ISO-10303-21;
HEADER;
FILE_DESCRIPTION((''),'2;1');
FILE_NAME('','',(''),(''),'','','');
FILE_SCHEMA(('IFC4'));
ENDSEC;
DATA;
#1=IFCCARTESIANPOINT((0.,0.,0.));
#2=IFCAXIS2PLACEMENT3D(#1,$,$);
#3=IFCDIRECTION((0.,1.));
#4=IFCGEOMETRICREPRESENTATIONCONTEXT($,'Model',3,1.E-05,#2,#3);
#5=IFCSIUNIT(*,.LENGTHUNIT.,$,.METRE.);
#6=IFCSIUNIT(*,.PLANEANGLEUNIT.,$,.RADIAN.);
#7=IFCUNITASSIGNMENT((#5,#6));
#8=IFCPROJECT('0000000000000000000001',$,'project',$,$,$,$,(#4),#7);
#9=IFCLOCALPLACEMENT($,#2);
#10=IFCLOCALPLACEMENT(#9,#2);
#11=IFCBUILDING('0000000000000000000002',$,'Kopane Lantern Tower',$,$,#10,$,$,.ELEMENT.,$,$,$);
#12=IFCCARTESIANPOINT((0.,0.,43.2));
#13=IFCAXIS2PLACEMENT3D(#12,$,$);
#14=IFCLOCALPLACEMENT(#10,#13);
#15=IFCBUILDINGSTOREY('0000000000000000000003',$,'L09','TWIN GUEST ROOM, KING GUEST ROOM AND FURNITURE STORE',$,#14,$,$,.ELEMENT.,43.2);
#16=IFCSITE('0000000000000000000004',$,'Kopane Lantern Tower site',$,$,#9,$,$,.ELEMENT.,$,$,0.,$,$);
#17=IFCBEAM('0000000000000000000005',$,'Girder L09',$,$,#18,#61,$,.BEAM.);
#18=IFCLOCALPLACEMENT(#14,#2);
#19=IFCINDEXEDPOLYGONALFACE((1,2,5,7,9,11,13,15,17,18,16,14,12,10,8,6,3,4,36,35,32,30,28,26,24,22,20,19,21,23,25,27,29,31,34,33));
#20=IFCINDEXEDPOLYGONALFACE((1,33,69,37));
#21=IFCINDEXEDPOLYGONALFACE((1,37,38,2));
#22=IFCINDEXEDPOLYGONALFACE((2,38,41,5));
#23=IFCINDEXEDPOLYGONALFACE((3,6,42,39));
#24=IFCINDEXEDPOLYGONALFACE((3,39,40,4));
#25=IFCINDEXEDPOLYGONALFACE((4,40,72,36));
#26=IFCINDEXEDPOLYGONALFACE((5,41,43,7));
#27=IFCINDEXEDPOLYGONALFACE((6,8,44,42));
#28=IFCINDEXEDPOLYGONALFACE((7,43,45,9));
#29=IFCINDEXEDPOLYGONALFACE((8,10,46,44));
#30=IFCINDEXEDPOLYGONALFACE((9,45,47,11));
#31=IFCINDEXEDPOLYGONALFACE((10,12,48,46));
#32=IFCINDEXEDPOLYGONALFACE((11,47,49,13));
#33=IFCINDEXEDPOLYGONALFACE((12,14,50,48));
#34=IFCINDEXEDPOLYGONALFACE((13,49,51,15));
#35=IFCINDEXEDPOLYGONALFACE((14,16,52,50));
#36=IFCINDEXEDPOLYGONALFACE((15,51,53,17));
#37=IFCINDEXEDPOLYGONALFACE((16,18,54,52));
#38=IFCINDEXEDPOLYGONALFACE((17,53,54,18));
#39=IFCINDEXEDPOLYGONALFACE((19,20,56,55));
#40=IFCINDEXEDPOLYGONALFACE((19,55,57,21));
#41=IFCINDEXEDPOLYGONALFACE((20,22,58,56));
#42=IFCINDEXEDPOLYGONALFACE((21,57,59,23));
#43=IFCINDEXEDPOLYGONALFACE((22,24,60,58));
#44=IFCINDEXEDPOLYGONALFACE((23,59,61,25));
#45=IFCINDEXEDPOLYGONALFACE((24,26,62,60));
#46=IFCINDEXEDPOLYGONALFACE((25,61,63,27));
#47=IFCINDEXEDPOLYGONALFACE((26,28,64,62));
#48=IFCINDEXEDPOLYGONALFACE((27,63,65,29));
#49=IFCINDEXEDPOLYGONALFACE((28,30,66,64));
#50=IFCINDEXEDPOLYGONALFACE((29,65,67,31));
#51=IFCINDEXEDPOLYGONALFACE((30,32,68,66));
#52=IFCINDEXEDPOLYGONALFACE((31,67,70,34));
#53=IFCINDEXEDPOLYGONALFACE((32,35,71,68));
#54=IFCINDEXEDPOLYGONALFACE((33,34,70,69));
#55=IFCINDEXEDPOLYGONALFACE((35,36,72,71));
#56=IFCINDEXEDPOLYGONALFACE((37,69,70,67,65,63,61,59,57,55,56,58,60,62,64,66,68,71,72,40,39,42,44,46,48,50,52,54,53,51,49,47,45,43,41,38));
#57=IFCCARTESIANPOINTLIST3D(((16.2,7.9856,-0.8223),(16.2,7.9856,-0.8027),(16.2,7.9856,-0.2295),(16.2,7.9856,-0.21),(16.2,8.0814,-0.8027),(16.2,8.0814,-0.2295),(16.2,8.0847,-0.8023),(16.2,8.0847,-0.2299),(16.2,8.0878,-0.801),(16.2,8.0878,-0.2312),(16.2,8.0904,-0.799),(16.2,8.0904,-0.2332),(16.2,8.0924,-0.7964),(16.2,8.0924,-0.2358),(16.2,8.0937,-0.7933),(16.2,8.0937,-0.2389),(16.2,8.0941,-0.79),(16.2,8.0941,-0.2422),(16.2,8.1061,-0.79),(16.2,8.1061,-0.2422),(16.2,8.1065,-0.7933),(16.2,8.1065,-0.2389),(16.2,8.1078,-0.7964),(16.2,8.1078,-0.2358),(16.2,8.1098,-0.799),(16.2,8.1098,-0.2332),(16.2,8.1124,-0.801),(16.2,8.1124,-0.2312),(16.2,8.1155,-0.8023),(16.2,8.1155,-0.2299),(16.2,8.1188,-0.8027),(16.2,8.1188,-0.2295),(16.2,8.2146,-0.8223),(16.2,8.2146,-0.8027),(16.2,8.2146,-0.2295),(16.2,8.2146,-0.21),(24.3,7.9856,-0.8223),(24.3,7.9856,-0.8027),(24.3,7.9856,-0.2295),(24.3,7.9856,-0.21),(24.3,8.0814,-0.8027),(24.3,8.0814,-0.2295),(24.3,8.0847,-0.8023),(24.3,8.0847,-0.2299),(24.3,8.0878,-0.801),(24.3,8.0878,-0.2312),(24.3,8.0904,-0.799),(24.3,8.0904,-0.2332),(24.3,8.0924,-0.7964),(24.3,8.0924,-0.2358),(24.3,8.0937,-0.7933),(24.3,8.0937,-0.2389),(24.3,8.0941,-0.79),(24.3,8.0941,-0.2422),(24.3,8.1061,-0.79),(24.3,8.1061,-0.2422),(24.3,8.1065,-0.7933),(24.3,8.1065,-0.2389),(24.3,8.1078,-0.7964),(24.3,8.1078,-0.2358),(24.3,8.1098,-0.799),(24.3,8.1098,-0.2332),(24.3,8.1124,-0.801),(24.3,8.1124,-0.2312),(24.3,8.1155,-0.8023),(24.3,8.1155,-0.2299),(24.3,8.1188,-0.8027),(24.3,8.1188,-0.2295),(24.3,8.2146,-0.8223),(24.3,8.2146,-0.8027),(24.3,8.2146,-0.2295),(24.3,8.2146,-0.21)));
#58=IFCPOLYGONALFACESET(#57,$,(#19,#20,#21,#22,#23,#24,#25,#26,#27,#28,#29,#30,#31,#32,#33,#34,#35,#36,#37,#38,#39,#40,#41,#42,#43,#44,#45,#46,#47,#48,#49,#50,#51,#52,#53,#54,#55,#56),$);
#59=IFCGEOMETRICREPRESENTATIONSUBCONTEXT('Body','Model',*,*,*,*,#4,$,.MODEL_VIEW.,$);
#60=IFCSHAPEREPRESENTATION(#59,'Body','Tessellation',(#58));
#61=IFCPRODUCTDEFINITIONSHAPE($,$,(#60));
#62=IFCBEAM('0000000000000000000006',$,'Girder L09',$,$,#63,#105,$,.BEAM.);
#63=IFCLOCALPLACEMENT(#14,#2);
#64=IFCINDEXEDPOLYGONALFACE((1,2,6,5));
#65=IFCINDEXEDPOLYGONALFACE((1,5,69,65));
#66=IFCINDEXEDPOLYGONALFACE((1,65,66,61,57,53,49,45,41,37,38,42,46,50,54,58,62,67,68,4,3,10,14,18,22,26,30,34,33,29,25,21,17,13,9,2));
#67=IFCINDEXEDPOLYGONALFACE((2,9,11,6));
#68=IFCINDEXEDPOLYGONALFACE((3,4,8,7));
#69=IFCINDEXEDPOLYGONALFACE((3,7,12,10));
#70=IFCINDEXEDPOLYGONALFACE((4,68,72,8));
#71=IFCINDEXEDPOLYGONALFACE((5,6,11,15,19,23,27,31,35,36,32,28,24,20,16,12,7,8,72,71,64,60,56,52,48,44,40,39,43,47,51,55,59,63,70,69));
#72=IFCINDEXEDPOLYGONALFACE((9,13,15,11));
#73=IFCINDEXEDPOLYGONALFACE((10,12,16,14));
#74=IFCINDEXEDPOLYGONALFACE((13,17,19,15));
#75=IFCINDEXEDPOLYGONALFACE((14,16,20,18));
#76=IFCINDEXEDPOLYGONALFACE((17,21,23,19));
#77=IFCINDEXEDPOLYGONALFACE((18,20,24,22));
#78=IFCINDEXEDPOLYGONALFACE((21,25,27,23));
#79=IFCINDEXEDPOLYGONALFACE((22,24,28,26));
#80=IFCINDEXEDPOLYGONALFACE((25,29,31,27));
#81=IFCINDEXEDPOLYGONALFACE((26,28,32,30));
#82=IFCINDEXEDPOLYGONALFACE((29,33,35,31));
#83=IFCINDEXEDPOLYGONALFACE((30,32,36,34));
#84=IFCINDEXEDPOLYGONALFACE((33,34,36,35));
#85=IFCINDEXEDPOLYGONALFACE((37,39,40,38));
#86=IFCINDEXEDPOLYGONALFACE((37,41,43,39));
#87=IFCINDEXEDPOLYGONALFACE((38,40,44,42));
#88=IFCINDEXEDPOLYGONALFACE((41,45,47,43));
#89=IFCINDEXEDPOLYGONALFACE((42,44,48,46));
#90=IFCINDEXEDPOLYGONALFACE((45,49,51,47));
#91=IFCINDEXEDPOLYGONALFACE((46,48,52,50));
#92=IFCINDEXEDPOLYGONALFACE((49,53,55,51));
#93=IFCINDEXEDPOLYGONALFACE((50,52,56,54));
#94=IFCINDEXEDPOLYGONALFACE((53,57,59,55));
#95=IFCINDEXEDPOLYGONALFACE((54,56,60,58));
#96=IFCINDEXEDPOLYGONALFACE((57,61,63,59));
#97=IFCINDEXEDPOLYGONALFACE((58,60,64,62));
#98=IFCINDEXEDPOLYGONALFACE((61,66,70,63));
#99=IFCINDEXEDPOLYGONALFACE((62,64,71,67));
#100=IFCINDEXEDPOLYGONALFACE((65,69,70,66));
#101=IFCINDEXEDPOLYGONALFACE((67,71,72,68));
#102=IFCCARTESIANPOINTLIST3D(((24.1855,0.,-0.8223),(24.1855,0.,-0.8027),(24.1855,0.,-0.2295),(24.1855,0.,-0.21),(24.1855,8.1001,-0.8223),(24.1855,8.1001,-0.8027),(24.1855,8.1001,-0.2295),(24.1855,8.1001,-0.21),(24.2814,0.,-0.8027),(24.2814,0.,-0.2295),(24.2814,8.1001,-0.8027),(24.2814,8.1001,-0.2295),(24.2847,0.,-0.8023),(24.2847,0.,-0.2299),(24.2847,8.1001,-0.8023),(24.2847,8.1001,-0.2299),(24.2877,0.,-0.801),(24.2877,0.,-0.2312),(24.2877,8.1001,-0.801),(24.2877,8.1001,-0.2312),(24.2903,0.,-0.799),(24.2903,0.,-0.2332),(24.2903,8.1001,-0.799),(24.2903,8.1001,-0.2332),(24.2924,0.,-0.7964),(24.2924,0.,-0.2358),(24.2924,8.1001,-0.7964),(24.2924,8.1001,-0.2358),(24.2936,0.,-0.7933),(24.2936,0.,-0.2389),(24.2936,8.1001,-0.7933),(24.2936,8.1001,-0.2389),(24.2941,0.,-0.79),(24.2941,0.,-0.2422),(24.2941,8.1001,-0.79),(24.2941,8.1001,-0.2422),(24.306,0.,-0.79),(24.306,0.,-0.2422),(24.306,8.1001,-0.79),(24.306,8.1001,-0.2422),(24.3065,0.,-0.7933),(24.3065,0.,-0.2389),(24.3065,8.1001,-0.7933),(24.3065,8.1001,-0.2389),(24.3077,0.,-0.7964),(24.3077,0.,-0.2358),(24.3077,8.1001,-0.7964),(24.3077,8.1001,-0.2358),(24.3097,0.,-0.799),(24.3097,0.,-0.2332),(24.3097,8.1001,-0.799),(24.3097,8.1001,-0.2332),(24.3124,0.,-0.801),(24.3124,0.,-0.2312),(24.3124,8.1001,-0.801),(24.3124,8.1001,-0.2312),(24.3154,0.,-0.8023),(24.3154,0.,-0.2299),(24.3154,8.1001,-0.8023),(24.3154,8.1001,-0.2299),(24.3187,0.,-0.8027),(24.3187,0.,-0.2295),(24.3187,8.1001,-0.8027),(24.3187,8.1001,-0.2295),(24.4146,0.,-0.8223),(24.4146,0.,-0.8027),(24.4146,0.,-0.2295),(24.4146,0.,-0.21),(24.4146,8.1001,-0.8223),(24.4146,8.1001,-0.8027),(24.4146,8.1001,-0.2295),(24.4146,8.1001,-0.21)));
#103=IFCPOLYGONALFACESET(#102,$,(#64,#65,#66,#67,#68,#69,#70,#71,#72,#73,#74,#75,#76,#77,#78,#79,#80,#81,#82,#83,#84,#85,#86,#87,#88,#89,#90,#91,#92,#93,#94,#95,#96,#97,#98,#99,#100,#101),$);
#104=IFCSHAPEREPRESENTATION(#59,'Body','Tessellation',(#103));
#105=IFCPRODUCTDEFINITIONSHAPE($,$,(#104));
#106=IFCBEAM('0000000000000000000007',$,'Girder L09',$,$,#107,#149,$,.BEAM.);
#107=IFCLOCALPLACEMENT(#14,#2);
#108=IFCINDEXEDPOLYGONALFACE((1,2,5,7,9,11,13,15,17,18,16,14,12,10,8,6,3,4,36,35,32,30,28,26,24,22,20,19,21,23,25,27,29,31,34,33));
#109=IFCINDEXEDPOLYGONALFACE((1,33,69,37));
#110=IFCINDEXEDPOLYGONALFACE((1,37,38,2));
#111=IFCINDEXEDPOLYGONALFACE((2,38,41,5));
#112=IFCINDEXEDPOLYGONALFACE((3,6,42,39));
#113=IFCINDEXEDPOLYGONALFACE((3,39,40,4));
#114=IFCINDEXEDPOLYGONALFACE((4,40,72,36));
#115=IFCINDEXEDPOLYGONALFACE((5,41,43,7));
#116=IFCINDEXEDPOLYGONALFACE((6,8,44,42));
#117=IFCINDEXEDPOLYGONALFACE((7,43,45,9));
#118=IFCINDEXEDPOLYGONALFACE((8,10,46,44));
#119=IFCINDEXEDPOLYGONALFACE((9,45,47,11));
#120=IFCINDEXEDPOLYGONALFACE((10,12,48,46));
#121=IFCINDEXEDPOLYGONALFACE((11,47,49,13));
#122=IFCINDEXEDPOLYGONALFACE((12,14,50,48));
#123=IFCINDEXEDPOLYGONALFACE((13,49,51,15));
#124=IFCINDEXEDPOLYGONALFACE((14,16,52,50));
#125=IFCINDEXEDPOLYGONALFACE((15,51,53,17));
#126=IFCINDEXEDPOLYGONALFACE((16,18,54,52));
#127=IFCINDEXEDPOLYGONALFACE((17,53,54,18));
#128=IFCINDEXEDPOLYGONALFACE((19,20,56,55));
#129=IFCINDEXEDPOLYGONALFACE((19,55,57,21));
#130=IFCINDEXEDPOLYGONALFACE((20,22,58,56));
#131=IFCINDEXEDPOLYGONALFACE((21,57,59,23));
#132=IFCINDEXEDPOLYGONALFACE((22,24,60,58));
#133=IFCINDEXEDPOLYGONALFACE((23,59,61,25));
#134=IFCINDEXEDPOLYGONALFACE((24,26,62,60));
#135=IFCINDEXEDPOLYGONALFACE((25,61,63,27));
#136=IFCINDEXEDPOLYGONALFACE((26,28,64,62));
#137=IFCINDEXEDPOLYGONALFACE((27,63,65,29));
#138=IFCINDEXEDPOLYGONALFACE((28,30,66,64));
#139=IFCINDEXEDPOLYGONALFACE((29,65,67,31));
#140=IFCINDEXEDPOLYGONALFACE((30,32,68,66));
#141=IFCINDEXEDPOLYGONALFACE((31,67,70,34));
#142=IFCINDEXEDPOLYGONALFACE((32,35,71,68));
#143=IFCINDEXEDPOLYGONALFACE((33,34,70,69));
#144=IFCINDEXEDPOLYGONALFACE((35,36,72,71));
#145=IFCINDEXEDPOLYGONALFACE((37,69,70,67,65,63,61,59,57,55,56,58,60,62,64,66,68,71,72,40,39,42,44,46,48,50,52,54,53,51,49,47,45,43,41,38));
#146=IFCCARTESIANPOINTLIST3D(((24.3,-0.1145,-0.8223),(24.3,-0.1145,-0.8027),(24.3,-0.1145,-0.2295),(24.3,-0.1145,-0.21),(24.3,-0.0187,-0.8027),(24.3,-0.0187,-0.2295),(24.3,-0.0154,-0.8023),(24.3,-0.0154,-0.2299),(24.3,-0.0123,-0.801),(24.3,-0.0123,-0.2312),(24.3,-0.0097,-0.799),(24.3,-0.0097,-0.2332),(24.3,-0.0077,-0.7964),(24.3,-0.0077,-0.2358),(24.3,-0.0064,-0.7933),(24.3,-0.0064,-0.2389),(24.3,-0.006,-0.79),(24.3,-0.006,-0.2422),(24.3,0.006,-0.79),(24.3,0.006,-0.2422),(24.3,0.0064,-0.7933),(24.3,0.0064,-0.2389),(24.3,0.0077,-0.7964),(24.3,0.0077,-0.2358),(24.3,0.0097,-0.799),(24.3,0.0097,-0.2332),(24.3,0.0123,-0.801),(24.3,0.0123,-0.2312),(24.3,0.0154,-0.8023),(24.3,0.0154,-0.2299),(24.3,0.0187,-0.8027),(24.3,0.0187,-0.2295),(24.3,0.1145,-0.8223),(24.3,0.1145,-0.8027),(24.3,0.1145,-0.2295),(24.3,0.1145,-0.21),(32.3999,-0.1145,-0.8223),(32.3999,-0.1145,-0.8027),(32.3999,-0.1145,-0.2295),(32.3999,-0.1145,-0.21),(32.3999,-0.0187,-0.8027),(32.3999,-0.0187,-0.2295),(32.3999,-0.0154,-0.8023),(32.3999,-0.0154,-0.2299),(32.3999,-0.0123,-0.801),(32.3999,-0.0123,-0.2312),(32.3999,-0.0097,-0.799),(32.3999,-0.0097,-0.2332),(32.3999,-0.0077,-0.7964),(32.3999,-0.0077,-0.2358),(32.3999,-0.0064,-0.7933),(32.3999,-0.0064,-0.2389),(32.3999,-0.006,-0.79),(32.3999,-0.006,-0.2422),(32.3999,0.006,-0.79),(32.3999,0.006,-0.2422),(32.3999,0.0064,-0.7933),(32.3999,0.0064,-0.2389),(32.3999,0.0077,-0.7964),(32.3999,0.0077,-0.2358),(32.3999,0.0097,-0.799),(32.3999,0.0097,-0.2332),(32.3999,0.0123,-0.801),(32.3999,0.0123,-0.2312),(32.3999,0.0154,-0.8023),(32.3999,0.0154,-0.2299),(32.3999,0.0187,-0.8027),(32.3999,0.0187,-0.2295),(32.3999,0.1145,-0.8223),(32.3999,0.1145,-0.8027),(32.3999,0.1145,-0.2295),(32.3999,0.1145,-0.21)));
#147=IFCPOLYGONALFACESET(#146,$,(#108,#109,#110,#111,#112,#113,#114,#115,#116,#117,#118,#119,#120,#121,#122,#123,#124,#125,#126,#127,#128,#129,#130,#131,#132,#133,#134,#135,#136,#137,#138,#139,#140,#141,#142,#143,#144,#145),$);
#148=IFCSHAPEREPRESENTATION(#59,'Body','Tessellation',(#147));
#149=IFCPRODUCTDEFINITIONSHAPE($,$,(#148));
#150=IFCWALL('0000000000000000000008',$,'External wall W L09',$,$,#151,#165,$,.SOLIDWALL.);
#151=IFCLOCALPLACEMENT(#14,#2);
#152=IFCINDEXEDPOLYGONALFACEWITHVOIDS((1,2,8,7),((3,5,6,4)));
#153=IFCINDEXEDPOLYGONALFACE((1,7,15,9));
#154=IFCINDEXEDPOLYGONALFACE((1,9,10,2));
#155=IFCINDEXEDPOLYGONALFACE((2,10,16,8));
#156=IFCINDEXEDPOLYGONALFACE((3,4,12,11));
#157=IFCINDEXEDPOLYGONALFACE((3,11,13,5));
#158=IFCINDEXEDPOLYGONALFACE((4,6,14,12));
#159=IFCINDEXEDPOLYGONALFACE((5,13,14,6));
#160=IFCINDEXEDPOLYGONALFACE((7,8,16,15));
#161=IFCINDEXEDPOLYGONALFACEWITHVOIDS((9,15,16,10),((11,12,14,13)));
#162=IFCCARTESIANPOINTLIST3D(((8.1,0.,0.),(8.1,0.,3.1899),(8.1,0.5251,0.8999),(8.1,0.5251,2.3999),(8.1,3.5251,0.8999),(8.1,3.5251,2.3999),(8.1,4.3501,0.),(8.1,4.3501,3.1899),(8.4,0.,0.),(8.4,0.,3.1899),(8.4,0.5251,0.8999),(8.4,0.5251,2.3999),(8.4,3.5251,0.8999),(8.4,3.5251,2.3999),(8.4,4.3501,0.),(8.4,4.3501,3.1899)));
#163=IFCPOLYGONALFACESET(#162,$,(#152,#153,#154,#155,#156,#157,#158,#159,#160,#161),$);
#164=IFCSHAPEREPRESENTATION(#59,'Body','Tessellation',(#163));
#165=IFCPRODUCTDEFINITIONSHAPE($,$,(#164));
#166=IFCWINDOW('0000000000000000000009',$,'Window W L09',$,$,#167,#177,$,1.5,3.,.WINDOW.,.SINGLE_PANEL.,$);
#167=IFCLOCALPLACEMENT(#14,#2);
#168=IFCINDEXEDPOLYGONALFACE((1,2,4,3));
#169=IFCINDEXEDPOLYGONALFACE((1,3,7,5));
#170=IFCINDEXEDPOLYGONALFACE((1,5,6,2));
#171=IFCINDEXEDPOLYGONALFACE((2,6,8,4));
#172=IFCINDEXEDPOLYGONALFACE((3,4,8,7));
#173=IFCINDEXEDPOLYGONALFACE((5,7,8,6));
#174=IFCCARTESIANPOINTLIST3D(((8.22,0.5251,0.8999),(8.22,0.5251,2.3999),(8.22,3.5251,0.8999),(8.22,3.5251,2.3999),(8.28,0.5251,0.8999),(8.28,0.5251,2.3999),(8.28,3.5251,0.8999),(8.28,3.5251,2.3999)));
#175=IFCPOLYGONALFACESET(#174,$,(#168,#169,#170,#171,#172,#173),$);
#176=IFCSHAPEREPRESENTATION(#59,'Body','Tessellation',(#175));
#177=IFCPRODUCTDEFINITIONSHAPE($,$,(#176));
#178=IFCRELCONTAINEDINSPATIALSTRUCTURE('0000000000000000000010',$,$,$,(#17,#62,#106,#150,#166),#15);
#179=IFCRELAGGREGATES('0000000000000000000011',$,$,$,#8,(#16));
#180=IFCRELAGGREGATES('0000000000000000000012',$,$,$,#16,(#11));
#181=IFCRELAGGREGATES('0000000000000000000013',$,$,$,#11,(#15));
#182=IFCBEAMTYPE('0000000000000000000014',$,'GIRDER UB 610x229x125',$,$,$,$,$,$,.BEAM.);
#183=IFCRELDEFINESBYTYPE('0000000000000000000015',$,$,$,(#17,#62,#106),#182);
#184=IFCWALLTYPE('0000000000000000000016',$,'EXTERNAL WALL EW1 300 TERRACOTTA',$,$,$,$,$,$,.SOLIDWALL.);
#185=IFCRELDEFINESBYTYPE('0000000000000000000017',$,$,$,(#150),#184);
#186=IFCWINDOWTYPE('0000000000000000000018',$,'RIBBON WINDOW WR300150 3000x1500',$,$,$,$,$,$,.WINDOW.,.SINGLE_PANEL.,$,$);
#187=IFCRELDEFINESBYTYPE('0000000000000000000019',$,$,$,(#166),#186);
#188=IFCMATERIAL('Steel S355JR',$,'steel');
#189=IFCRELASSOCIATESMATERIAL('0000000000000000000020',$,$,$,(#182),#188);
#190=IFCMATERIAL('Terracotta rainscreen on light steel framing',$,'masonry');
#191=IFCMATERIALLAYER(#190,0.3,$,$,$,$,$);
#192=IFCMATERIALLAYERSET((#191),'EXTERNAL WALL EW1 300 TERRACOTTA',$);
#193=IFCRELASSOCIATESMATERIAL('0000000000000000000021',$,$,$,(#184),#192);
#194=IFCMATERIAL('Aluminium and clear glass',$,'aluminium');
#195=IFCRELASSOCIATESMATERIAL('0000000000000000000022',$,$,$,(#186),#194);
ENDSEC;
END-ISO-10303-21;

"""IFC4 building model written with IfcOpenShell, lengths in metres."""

from ifc_helpers import new_model, si_unit, direction, frame, frame_2d, origin, origin_2d, place, context, subcontext, project, spatial, rectangle, i_section, extrude, material, layer, layer_set, material_profile, profile_set, type_object, element, fill, save


model = new_model("IFC4")

# Units and contexts
model_context = context("Model", 3, precision=1e-05, world=origin(), true_north=direction((0.0, 1.0)))
body_context = subcontext(model_context, "Body", "Model", "MODEL_VIEW")
ifc_project = project(units=[si_unit("LENGTHUNIT", "METRE"), si_unit("PLANEANGLEUNIT", "RADIAN")], contexts=[model_context])

# Site, building, storey
site_placement = place(None, origin())
site = spatial("IfcSite", under=ifc_project, at=site_placement, Name="Kopane Lantern Tower site", CompositionType="ELEMENT", RefElevation=0.0)
building_placement = place(site_placement, origin())
building = spatial("IfcBuilding", under=site, at=building_placement, Name="Kopane Lantern Tower", CompositionType="ELEMENT")
storey_placement = place(building_placement, frame((0.0, 0.0, 43.2)))
storey = spatial("IfcBuildingStorey", under=building, at=storey_placement, Name="L09", Description="TWIN GUEST ROOM, KING GUEST ROOM AND FURNITURE STORE", CompositionType="ELEMENT", Elevation=43.2)

# Beams
ifc_material_1 = material(Name="Steel S355JR", Category="steel")
ifc_material_profile_1 = material_profile(ifc_material_1, i_section(OverallWidth=0.229, OverallDepth=0.6123, WebThickness=0.012, FlangeThickness=0.0195, FilletRadius=0.0127, at=origin_2d()), Name="UB 610x229x125")
ifc_profile_set_1 = profile_set([ifc_material_profile_1], Name="Steel S355JR")
beam_type = type_object("IfcBeamType", Name="GIRDER UB 610x229x125", PredefinedType="BEAM", material=ifc_profile_set_1)
for number, where, z_axis, x_axis, name in (
    (1, (16.2, 8.1001, -0.5161), (1.0, 0.0, 0.0), (0.0, 1.0, 0.0), "Girder L09"),
    (2, (24.3, 0.0, -0.5161), (0.0, 1.0, 0.0), (-1.0, 0.0, 0.0), "Girder L09"),
):
    element("IfcBeam", number, at=place(storey_placement, frame(where, z_axis=z_axis, x_axis=x_axis)), inside=storey, type_object=beam_type, Name=name, PredefinedType="BEAM", context=body_context, shape_type="SweptSolid", body=[
        extrude(i_section(OverallWidth=0.229, OverallDepth=0.6123, WebThickness=0.012, FlangeThickness=0.0195, FilletRadius=0.0127, at=origin_2d()), origin(), (0.0, 0.0, 1.0), 8.1001),
    ])
beam_1_placement = place(storey_placement, frame((24.3, 0.0, -0.5161), z_axis=(1.0, 0.0, 0.0), x_axis=(0.0, 1.0, 0.0)))
element("IfcBeam", 3, at=beam_1_placement, inside=storey, type_object=beam_type, Name="Girder L09", PredefinedType="BEAM", context=body_context, shape_type="SweptSolid", body=[
    extrude(i_section(OverallWidth=0.229, OverallDepth=0.6123, WebThickness=0.012, FlangeThickness=0.0195, FilletRadius=0.0127, at=origin_2d()), origin(), (0.0, 0.0, 1.0), 8.0999),
])

# Shared definitions
ifc_material_2 = material(Name="Terracotta rainscreen on light steel framing", Category="masonry")
ifc_layer = layer(ifc_material_2, 0.3)
ifc_layer_set = layer_set([ifc_layer], Name="EXTERNAL WALL EW1 300 TERRACOTTA")
wall_type = type_object("IfcWallType", Name="EXTERNAL WALL EW1 300 TERRACOTTA", PredefinedType="SOLIDWALL", material=ifc_layer_set)

# Wall, opening, window
wall_1_placement = place(storey_placement, frame((8.25, 4.3501, 0.0), z_axis=(0.0, 0.0, 1.0), x_axis=(0.0, -1.0, 0.0)))
wall_1 = element("IfcWall", 4, at=wall_1_placement, inside=storey, type_object=wall_type, Name="External wall W L09", PredefinedType="SOLIDWALL", context=body_context, shape_type="SweptSolid", body=[
    extrude(rectangle(XDim=4.3501, YDim=0.3, at=frame_2d((2.175, 0.0))), origin(), (0.0, 0.0, 1.0), 3.1899),
])
opening_1_placement = place(wall_1_placement, frame((0.825, 0.0, 0.8999)))
opening_1 = element("IfcOpeningElement", 5, at=opening_1_placement, cuts=wall_1, PredefinedType="OPENING", context=body_context, shape_type="SweptSolid", body=[
    extrude(rectangle(XDim=3.0, YDim=1.5, at=frame_2d((1.5, 0.75))), frame((0.0, 0.1599, 0.0), z_axis=(0.0, -1.0, 0.0), x_axis=(1.0, 0.0, 0.0)), (0.0, 0.0, 1.0), 0.3201),
])
ifc_material_3 = material(Name="Aluminium and clear glass", Category="aluminium")
window_type_1 = type_object("IfcWindowType", Name="RIBBON WINDOW WR300150 3000x1500", PartitioningType="SINGLE_PANEL", PredefinedType="WINDOW", material=ifc_material_3)
window_1_placement = place(opening_1_placement, origin())
window_1 = element("IfcWindow", 6, at=window_1_placement, inside=storey, type_object=window_type_1, Name="Window W L09", OverallHeight=1.5, OverallWidth=3.0, PartitioningType="SINGLE_PANEL", PredefinedType="WINDOW", context=body_context, shape_type="SweptSolid", body=[
    extrude(rectangle(XDim=3.0, YDim=1.5, at=frame_2d((1.5, 0.75))), frame((0.0, 0.03, 0.0), z_axis=(0.0, -1.0, 0.0), x_axis=(1.0, 0.0, 0.0)), (0.0, 0.0, 1.0), 0.0601),
])
fill(opening_1, window_1)

save(model, "model.ifc")
